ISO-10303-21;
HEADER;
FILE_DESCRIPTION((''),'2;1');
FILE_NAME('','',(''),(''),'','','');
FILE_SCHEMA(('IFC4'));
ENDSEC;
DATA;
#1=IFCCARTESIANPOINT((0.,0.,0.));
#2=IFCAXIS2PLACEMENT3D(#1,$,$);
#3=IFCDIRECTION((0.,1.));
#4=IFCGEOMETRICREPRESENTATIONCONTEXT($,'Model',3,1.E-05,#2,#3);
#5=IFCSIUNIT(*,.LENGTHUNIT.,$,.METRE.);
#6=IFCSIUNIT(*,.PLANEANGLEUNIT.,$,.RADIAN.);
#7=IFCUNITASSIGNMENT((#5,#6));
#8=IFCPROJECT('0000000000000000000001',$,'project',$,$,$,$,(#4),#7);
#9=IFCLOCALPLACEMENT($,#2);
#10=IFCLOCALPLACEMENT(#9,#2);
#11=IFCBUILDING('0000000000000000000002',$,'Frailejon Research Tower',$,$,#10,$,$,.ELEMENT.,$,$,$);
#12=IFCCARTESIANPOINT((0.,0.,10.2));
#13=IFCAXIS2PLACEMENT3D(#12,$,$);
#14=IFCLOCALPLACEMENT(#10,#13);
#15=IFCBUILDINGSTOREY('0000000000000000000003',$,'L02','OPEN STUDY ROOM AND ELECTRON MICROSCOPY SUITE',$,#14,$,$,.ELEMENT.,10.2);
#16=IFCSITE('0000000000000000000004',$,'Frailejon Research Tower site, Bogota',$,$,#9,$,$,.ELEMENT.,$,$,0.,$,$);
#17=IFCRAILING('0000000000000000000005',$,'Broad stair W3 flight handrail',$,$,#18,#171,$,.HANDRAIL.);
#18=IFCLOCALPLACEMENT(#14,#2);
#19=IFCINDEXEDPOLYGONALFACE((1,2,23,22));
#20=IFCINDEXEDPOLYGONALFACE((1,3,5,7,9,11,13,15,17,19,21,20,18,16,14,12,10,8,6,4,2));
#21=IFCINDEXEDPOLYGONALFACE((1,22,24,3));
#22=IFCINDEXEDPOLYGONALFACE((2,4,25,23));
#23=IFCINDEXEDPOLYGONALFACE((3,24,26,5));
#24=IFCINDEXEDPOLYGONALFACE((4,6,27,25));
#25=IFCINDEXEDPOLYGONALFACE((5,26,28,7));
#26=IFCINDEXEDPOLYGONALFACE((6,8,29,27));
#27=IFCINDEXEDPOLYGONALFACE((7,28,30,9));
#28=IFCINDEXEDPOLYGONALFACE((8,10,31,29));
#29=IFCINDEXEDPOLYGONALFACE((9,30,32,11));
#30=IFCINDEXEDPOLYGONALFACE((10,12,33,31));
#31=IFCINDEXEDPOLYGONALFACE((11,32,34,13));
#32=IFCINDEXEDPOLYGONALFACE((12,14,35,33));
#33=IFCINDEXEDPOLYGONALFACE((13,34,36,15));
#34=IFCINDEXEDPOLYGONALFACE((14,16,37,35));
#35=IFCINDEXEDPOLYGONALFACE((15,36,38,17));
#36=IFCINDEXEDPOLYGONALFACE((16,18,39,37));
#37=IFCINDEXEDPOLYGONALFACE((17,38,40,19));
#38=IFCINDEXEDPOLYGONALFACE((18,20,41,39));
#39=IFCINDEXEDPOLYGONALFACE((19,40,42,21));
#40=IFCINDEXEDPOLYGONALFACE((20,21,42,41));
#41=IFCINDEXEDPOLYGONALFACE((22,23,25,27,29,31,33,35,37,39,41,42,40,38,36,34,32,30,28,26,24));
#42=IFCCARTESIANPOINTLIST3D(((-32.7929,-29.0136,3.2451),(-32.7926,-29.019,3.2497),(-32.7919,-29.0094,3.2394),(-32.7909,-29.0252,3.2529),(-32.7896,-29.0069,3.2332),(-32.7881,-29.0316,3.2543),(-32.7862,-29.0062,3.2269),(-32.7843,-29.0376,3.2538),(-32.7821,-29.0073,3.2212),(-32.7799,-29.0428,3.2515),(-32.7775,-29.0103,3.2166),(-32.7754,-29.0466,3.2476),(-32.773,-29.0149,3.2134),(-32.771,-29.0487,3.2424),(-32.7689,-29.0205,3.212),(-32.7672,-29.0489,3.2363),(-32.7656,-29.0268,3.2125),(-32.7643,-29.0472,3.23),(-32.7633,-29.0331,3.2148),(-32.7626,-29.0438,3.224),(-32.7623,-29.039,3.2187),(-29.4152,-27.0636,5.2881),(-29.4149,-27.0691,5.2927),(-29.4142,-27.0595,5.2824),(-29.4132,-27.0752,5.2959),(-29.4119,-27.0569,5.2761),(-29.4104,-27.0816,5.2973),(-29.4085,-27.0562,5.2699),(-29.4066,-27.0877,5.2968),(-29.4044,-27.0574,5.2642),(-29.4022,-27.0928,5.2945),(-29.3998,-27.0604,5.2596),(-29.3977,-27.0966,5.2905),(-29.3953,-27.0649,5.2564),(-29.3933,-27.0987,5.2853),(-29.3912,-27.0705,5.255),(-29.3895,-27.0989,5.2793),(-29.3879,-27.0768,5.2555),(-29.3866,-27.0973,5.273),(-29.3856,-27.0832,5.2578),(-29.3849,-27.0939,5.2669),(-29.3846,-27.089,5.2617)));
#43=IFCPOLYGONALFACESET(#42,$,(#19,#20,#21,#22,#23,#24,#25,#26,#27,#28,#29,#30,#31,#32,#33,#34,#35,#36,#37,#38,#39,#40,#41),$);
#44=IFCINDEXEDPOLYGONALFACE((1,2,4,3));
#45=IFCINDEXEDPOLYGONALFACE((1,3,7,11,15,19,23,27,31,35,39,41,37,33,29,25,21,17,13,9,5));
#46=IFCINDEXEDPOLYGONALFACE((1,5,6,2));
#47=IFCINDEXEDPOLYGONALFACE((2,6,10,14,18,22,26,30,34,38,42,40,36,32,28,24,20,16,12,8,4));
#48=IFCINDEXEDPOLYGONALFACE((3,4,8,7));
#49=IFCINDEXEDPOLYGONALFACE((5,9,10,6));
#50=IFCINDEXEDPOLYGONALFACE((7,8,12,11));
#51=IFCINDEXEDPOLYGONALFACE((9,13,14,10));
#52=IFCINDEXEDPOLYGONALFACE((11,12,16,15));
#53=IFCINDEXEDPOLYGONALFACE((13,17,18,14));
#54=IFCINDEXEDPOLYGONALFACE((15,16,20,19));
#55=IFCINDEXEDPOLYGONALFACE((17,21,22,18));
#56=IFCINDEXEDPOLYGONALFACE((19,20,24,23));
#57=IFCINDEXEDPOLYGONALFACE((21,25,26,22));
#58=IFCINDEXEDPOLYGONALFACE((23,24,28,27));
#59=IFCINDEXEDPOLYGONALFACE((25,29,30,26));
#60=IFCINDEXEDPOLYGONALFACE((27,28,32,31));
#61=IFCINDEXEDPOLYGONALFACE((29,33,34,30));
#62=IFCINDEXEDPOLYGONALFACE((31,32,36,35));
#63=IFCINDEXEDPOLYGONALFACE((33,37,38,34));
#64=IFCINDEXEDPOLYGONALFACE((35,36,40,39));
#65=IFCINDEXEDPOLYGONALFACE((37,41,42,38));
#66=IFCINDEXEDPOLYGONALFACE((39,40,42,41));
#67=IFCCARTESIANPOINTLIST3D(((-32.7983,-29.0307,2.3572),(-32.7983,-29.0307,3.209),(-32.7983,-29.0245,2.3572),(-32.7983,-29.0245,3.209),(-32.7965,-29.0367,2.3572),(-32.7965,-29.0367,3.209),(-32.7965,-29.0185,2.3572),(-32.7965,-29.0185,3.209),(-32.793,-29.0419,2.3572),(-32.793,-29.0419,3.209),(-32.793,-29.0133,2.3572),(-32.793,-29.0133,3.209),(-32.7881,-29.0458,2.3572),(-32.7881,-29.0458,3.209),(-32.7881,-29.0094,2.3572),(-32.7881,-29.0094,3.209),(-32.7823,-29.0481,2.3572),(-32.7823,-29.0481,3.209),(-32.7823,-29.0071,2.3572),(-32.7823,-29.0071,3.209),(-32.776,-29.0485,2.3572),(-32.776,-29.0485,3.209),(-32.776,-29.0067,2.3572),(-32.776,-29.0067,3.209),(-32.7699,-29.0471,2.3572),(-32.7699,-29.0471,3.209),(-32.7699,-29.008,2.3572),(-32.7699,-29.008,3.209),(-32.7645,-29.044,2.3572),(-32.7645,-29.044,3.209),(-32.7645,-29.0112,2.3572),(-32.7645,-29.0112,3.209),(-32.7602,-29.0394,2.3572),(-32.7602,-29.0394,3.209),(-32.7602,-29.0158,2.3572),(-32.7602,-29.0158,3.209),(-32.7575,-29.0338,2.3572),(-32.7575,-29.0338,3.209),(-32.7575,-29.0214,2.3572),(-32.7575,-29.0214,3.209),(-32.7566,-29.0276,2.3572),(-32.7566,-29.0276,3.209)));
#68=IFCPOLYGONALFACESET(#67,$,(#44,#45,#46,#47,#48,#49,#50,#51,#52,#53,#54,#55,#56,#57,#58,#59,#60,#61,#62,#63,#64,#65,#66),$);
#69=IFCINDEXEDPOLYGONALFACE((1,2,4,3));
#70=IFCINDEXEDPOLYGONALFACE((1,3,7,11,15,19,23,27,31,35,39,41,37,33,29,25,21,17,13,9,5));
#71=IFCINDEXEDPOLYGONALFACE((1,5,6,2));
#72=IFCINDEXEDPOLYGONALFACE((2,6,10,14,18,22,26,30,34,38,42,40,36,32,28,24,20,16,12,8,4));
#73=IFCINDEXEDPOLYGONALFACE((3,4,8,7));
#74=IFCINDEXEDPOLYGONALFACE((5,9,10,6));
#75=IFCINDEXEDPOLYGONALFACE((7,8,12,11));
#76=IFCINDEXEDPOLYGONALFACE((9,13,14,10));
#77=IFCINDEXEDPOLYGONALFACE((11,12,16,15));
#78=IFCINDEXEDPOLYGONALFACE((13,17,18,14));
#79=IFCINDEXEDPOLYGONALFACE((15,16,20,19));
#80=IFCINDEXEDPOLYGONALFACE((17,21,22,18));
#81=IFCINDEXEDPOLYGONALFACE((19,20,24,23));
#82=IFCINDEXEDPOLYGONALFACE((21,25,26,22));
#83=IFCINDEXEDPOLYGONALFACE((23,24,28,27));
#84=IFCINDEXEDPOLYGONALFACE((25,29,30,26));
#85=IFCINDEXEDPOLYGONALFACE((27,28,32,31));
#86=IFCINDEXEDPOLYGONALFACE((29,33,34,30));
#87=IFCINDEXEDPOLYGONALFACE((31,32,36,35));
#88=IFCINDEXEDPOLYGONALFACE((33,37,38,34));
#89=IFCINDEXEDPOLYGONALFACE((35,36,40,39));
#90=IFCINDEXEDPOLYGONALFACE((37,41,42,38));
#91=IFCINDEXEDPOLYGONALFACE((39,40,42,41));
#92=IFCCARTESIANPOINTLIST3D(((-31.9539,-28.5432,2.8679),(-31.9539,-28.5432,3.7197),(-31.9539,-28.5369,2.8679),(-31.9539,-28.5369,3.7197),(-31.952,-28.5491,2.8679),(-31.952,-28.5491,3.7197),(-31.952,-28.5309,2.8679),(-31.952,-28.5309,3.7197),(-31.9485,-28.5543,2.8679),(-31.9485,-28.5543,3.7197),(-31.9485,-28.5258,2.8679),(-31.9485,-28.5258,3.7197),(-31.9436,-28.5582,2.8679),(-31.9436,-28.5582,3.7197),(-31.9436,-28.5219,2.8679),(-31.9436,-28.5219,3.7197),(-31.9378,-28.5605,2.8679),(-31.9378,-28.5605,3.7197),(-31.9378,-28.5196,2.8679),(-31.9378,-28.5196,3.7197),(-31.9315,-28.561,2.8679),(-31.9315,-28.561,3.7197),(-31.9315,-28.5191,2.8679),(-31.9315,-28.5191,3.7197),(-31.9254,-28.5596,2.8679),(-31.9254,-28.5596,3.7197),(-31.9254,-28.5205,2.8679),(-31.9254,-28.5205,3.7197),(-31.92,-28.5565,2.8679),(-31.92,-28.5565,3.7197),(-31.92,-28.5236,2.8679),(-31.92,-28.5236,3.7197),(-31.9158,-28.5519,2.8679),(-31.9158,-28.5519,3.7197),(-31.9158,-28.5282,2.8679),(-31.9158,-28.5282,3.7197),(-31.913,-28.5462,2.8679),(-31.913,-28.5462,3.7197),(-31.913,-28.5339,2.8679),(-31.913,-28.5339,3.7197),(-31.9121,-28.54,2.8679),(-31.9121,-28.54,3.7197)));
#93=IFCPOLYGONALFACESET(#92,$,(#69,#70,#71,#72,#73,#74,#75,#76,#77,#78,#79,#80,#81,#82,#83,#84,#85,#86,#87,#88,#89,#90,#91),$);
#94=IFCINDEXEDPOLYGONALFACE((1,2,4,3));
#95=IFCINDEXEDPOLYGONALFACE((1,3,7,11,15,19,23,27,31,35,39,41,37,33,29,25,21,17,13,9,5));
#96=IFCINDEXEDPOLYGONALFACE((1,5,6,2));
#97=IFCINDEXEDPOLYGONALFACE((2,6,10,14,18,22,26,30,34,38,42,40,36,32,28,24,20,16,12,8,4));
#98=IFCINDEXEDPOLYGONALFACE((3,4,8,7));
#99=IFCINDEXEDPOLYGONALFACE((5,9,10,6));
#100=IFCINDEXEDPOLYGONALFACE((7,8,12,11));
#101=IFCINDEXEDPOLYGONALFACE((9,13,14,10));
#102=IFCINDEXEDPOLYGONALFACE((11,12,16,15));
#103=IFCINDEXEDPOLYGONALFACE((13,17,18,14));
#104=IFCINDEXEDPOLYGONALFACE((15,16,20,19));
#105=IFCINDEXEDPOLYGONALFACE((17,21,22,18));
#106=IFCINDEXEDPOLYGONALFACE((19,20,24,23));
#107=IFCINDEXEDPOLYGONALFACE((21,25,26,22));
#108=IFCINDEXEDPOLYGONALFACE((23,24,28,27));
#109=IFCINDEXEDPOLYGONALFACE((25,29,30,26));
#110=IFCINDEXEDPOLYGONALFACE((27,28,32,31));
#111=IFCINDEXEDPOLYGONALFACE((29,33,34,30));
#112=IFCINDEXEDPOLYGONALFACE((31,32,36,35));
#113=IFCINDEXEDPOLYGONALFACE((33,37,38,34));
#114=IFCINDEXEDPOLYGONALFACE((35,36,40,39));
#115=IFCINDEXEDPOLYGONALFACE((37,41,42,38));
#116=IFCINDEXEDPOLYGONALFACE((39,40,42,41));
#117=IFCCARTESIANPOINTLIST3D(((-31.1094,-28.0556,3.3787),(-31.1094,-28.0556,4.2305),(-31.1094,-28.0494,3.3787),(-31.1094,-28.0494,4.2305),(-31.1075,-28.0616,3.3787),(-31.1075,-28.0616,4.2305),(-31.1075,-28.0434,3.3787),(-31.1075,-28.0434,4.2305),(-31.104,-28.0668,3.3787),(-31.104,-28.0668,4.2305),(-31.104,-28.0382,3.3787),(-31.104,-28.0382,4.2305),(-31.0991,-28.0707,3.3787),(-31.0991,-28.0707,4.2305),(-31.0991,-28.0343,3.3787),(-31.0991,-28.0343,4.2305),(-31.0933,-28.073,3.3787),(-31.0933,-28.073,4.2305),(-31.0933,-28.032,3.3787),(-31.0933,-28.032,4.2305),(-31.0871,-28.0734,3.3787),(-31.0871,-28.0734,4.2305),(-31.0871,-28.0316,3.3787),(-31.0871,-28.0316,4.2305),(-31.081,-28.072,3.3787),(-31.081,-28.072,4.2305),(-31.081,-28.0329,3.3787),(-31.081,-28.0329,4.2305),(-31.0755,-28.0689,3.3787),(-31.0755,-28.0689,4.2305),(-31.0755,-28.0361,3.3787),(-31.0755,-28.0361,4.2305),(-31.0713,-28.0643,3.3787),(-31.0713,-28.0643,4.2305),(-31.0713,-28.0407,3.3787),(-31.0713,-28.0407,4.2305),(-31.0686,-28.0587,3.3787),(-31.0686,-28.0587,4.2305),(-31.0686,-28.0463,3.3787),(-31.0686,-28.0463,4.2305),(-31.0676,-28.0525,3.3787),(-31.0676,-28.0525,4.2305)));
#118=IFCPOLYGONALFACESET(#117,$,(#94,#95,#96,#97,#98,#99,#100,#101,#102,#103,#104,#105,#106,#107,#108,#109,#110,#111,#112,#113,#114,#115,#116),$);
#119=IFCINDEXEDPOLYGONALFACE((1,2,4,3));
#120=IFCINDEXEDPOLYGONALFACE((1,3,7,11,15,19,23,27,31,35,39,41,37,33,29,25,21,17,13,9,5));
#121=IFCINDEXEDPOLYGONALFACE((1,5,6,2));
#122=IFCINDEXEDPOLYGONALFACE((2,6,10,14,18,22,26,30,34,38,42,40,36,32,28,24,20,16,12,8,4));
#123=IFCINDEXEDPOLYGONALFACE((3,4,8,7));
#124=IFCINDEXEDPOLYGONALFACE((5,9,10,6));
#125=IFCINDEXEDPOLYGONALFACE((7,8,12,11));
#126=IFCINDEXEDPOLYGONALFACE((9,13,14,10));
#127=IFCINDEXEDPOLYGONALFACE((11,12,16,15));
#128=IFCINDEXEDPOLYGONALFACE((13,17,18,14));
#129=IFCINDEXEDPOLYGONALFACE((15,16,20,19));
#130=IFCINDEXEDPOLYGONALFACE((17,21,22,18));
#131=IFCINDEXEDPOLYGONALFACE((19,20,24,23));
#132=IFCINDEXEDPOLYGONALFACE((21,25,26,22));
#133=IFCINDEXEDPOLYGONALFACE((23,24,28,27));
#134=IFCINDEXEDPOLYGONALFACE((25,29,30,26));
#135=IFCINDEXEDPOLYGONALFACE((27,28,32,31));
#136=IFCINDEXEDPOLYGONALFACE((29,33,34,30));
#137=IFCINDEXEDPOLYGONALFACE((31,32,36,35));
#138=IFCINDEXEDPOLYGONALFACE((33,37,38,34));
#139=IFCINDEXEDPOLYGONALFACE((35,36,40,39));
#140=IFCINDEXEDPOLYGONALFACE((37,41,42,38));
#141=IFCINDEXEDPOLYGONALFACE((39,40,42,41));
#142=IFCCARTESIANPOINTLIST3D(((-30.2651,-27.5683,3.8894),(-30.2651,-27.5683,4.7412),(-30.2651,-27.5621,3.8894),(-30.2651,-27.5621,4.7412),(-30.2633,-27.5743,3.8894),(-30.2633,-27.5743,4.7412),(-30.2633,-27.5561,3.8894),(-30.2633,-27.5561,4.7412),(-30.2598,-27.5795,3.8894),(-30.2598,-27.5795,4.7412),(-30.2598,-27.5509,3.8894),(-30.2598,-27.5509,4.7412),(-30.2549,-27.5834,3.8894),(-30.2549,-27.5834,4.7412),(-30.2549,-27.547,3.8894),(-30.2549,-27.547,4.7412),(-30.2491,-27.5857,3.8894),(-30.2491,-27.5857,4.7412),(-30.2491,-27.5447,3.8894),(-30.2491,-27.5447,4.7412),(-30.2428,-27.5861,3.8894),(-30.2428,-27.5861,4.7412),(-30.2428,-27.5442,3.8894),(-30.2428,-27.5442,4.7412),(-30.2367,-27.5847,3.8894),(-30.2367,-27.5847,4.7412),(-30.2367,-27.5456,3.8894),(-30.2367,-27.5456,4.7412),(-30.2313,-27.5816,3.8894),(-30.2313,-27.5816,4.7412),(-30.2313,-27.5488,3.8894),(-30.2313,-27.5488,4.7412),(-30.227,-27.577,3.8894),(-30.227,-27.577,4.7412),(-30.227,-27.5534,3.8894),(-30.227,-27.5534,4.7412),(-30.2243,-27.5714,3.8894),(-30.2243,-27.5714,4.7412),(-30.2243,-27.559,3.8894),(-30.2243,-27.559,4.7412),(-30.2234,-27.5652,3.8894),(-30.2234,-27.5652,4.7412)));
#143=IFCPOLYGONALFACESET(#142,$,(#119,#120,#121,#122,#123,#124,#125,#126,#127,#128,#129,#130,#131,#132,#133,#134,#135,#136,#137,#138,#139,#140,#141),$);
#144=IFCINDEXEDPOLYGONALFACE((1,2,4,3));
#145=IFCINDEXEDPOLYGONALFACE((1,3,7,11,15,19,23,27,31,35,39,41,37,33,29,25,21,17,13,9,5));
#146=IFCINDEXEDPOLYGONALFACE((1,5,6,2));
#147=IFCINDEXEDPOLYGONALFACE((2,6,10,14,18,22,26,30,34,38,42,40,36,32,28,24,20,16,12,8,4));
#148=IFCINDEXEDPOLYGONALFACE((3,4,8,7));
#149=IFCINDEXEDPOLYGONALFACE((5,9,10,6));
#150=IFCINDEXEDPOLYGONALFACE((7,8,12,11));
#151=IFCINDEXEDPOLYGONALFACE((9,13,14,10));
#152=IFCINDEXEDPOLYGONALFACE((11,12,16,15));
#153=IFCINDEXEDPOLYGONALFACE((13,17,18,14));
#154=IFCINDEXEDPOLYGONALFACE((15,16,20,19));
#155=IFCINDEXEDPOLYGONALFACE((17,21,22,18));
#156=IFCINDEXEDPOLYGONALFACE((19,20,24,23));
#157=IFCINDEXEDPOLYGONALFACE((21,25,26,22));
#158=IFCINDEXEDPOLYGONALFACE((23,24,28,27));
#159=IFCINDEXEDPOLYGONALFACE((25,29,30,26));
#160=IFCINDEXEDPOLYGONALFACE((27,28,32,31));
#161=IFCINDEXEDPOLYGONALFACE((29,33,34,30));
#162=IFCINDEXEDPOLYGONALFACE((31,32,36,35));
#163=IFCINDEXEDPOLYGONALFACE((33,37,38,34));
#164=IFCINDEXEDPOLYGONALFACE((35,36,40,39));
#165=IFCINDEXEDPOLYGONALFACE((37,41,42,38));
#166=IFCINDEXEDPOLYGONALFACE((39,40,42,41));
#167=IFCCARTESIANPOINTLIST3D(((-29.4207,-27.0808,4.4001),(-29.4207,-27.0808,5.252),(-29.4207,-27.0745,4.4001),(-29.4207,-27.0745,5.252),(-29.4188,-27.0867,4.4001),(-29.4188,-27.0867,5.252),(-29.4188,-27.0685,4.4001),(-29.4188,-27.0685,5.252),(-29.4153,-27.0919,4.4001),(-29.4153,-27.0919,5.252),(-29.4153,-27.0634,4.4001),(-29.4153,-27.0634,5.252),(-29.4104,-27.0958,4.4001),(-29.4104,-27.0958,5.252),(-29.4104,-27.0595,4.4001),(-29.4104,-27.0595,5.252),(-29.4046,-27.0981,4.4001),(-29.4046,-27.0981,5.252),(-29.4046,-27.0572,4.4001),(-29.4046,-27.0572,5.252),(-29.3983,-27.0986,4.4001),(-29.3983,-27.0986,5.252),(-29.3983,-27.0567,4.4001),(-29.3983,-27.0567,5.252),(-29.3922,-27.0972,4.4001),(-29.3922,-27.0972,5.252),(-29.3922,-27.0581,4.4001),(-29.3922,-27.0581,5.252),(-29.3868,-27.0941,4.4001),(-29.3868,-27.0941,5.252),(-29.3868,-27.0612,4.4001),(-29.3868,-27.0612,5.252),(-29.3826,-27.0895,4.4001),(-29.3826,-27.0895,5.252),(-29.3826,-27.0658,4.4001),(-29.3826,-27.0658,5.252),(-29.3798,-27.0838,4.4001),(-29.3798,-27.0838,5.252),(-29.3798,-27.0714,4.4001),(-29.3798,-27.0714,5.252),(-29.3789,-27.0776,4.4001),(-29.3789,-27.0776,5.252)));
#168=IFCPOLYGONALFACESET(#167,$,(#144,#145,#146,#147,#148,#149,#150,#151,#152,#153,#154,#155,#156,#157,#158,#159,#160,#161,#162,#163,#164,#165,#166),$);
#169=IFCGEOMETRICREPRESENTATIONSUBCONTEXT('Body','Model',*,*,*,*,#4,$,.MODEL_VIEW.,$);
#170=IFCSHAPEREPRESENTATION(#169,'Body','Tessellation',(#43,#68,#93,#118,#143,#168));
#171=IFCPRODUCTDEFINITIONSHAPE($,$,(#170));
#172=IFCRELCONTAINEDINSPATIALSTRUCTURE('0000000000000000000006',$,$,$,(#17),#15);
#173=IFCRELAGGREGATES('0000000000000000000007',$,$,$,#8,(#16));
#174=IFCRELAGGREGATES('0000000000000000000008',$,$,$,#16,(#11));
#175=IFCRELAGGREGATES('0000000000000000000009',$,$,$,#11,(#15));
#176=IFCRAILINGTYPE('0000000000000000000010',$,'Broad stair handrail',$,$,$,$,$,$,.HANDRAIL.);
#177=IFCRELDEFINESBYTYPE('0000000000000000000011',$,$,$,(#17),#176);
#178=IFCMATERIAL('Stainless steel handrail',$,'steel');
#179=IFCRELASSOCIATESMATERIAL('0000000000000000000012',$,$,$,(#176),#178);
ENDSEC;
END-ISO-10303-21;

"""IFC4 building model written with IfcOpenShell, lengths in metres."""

from ifc_helpers import new_model, si_unit, direction, frame, origin, origin_2d, place, context, subcontext, project, spatial, circle, extrude, material, type_object, element, save


model = new_model("IFC4")

# Units and contexts
model_context = context("Model", 3, precision=1e-05, world=origin(), true_north=direction((0.0, 1.0)))
body_context = subcontext(model_context, "Body", "Model", "MODEL_VIEW")
ifc_project = project(units=[si_unit("LENGTHUNIT", "METRE"), si_unit("PLANEANGLEUNIT", "RADIAN")], contexts=[model_context])

# Site, building, storey
site_placement = place(None, origin())
site = spatial("IfcSite", under=ifc_project, at=site_placement, Name="Frailejon Research Tower site, Bogota", CompositionType="ELEMENT", RefElevation=0.0)
building_placement = place(site_placement, origin())
building = spatial("IfcBuilding", under=site, at=building_placement, Name="Frailejon Research Tower", CompositionType="ELEMENT")
storey_placement = place(building_placement, frame((0.0, 0.0, 10.2)))
storey = spatial("IfcBuildingStorey", under=building, at=storey_placement, Name="L02", Description="OPEN STUDY ROOM AND ELECTRON MICROSCOPY SUITE", CompositionType="ELEMENT", Elevation=10.2)

# Railing
ifc_material_1 = material(Name="Stainless steel handrail", Category="steel")
railing_type_1 = type_object("IfcRailingType", Name="Broad stair handrail", PredefinedType="HANDRAIL", material=ifc_material_1)
railing_1_placement = place(storey_placement, frame((-32.7776, -29.0276, 2.3572)))
element("IfcRailing", 1, at=railing_1_placement, inside=storey, type_object=railing_type_1, Name="Broad stair W3 flight handrail", PredefinedType="HANDRAIL", context=body_context, shape_type="SweptSolid", body=[
    extrude(circle(Radius=0.0239, at=origin_2d()), frame((0.0, 0.0, 0.876), z_axis=(0.767165, 0.442887, 0.464014), x_axis=(-0.49997, 0.866043, 0.0)), (0.0, 0.0, 1.0), 4.4028),
    extrude(circle(Radius=0.021, at=origin_2d()), origin(), (0.0, 0.0, 1.0), 0.8518),
    extrude(circle(Radius=0.021, at=origin_2d()), frame((0.8445, 0.4875, 0.5107)), (0.0, 0.0, 1.0), 0.8518),
    extrude(circle(Radius=0.021, at=origin_2d()), frame((1.689, 0.9751, 1.0215)), (0.0, 0.0, 1.0), 0.8518),
    extrude(circle(Radius=0.021, at=origin_2d()), frame((2.5332, 1.4624, 1.5322)), (0.0, 0.0, 1.0), 0.8518),
    extrude(circle(Radius=0.021, at=origin_2d()), frame((3.3777, 1.95, 2.043)), (0.0, 0.0, 1.0), 0.8518),
])

save(model, "model.ifc")
